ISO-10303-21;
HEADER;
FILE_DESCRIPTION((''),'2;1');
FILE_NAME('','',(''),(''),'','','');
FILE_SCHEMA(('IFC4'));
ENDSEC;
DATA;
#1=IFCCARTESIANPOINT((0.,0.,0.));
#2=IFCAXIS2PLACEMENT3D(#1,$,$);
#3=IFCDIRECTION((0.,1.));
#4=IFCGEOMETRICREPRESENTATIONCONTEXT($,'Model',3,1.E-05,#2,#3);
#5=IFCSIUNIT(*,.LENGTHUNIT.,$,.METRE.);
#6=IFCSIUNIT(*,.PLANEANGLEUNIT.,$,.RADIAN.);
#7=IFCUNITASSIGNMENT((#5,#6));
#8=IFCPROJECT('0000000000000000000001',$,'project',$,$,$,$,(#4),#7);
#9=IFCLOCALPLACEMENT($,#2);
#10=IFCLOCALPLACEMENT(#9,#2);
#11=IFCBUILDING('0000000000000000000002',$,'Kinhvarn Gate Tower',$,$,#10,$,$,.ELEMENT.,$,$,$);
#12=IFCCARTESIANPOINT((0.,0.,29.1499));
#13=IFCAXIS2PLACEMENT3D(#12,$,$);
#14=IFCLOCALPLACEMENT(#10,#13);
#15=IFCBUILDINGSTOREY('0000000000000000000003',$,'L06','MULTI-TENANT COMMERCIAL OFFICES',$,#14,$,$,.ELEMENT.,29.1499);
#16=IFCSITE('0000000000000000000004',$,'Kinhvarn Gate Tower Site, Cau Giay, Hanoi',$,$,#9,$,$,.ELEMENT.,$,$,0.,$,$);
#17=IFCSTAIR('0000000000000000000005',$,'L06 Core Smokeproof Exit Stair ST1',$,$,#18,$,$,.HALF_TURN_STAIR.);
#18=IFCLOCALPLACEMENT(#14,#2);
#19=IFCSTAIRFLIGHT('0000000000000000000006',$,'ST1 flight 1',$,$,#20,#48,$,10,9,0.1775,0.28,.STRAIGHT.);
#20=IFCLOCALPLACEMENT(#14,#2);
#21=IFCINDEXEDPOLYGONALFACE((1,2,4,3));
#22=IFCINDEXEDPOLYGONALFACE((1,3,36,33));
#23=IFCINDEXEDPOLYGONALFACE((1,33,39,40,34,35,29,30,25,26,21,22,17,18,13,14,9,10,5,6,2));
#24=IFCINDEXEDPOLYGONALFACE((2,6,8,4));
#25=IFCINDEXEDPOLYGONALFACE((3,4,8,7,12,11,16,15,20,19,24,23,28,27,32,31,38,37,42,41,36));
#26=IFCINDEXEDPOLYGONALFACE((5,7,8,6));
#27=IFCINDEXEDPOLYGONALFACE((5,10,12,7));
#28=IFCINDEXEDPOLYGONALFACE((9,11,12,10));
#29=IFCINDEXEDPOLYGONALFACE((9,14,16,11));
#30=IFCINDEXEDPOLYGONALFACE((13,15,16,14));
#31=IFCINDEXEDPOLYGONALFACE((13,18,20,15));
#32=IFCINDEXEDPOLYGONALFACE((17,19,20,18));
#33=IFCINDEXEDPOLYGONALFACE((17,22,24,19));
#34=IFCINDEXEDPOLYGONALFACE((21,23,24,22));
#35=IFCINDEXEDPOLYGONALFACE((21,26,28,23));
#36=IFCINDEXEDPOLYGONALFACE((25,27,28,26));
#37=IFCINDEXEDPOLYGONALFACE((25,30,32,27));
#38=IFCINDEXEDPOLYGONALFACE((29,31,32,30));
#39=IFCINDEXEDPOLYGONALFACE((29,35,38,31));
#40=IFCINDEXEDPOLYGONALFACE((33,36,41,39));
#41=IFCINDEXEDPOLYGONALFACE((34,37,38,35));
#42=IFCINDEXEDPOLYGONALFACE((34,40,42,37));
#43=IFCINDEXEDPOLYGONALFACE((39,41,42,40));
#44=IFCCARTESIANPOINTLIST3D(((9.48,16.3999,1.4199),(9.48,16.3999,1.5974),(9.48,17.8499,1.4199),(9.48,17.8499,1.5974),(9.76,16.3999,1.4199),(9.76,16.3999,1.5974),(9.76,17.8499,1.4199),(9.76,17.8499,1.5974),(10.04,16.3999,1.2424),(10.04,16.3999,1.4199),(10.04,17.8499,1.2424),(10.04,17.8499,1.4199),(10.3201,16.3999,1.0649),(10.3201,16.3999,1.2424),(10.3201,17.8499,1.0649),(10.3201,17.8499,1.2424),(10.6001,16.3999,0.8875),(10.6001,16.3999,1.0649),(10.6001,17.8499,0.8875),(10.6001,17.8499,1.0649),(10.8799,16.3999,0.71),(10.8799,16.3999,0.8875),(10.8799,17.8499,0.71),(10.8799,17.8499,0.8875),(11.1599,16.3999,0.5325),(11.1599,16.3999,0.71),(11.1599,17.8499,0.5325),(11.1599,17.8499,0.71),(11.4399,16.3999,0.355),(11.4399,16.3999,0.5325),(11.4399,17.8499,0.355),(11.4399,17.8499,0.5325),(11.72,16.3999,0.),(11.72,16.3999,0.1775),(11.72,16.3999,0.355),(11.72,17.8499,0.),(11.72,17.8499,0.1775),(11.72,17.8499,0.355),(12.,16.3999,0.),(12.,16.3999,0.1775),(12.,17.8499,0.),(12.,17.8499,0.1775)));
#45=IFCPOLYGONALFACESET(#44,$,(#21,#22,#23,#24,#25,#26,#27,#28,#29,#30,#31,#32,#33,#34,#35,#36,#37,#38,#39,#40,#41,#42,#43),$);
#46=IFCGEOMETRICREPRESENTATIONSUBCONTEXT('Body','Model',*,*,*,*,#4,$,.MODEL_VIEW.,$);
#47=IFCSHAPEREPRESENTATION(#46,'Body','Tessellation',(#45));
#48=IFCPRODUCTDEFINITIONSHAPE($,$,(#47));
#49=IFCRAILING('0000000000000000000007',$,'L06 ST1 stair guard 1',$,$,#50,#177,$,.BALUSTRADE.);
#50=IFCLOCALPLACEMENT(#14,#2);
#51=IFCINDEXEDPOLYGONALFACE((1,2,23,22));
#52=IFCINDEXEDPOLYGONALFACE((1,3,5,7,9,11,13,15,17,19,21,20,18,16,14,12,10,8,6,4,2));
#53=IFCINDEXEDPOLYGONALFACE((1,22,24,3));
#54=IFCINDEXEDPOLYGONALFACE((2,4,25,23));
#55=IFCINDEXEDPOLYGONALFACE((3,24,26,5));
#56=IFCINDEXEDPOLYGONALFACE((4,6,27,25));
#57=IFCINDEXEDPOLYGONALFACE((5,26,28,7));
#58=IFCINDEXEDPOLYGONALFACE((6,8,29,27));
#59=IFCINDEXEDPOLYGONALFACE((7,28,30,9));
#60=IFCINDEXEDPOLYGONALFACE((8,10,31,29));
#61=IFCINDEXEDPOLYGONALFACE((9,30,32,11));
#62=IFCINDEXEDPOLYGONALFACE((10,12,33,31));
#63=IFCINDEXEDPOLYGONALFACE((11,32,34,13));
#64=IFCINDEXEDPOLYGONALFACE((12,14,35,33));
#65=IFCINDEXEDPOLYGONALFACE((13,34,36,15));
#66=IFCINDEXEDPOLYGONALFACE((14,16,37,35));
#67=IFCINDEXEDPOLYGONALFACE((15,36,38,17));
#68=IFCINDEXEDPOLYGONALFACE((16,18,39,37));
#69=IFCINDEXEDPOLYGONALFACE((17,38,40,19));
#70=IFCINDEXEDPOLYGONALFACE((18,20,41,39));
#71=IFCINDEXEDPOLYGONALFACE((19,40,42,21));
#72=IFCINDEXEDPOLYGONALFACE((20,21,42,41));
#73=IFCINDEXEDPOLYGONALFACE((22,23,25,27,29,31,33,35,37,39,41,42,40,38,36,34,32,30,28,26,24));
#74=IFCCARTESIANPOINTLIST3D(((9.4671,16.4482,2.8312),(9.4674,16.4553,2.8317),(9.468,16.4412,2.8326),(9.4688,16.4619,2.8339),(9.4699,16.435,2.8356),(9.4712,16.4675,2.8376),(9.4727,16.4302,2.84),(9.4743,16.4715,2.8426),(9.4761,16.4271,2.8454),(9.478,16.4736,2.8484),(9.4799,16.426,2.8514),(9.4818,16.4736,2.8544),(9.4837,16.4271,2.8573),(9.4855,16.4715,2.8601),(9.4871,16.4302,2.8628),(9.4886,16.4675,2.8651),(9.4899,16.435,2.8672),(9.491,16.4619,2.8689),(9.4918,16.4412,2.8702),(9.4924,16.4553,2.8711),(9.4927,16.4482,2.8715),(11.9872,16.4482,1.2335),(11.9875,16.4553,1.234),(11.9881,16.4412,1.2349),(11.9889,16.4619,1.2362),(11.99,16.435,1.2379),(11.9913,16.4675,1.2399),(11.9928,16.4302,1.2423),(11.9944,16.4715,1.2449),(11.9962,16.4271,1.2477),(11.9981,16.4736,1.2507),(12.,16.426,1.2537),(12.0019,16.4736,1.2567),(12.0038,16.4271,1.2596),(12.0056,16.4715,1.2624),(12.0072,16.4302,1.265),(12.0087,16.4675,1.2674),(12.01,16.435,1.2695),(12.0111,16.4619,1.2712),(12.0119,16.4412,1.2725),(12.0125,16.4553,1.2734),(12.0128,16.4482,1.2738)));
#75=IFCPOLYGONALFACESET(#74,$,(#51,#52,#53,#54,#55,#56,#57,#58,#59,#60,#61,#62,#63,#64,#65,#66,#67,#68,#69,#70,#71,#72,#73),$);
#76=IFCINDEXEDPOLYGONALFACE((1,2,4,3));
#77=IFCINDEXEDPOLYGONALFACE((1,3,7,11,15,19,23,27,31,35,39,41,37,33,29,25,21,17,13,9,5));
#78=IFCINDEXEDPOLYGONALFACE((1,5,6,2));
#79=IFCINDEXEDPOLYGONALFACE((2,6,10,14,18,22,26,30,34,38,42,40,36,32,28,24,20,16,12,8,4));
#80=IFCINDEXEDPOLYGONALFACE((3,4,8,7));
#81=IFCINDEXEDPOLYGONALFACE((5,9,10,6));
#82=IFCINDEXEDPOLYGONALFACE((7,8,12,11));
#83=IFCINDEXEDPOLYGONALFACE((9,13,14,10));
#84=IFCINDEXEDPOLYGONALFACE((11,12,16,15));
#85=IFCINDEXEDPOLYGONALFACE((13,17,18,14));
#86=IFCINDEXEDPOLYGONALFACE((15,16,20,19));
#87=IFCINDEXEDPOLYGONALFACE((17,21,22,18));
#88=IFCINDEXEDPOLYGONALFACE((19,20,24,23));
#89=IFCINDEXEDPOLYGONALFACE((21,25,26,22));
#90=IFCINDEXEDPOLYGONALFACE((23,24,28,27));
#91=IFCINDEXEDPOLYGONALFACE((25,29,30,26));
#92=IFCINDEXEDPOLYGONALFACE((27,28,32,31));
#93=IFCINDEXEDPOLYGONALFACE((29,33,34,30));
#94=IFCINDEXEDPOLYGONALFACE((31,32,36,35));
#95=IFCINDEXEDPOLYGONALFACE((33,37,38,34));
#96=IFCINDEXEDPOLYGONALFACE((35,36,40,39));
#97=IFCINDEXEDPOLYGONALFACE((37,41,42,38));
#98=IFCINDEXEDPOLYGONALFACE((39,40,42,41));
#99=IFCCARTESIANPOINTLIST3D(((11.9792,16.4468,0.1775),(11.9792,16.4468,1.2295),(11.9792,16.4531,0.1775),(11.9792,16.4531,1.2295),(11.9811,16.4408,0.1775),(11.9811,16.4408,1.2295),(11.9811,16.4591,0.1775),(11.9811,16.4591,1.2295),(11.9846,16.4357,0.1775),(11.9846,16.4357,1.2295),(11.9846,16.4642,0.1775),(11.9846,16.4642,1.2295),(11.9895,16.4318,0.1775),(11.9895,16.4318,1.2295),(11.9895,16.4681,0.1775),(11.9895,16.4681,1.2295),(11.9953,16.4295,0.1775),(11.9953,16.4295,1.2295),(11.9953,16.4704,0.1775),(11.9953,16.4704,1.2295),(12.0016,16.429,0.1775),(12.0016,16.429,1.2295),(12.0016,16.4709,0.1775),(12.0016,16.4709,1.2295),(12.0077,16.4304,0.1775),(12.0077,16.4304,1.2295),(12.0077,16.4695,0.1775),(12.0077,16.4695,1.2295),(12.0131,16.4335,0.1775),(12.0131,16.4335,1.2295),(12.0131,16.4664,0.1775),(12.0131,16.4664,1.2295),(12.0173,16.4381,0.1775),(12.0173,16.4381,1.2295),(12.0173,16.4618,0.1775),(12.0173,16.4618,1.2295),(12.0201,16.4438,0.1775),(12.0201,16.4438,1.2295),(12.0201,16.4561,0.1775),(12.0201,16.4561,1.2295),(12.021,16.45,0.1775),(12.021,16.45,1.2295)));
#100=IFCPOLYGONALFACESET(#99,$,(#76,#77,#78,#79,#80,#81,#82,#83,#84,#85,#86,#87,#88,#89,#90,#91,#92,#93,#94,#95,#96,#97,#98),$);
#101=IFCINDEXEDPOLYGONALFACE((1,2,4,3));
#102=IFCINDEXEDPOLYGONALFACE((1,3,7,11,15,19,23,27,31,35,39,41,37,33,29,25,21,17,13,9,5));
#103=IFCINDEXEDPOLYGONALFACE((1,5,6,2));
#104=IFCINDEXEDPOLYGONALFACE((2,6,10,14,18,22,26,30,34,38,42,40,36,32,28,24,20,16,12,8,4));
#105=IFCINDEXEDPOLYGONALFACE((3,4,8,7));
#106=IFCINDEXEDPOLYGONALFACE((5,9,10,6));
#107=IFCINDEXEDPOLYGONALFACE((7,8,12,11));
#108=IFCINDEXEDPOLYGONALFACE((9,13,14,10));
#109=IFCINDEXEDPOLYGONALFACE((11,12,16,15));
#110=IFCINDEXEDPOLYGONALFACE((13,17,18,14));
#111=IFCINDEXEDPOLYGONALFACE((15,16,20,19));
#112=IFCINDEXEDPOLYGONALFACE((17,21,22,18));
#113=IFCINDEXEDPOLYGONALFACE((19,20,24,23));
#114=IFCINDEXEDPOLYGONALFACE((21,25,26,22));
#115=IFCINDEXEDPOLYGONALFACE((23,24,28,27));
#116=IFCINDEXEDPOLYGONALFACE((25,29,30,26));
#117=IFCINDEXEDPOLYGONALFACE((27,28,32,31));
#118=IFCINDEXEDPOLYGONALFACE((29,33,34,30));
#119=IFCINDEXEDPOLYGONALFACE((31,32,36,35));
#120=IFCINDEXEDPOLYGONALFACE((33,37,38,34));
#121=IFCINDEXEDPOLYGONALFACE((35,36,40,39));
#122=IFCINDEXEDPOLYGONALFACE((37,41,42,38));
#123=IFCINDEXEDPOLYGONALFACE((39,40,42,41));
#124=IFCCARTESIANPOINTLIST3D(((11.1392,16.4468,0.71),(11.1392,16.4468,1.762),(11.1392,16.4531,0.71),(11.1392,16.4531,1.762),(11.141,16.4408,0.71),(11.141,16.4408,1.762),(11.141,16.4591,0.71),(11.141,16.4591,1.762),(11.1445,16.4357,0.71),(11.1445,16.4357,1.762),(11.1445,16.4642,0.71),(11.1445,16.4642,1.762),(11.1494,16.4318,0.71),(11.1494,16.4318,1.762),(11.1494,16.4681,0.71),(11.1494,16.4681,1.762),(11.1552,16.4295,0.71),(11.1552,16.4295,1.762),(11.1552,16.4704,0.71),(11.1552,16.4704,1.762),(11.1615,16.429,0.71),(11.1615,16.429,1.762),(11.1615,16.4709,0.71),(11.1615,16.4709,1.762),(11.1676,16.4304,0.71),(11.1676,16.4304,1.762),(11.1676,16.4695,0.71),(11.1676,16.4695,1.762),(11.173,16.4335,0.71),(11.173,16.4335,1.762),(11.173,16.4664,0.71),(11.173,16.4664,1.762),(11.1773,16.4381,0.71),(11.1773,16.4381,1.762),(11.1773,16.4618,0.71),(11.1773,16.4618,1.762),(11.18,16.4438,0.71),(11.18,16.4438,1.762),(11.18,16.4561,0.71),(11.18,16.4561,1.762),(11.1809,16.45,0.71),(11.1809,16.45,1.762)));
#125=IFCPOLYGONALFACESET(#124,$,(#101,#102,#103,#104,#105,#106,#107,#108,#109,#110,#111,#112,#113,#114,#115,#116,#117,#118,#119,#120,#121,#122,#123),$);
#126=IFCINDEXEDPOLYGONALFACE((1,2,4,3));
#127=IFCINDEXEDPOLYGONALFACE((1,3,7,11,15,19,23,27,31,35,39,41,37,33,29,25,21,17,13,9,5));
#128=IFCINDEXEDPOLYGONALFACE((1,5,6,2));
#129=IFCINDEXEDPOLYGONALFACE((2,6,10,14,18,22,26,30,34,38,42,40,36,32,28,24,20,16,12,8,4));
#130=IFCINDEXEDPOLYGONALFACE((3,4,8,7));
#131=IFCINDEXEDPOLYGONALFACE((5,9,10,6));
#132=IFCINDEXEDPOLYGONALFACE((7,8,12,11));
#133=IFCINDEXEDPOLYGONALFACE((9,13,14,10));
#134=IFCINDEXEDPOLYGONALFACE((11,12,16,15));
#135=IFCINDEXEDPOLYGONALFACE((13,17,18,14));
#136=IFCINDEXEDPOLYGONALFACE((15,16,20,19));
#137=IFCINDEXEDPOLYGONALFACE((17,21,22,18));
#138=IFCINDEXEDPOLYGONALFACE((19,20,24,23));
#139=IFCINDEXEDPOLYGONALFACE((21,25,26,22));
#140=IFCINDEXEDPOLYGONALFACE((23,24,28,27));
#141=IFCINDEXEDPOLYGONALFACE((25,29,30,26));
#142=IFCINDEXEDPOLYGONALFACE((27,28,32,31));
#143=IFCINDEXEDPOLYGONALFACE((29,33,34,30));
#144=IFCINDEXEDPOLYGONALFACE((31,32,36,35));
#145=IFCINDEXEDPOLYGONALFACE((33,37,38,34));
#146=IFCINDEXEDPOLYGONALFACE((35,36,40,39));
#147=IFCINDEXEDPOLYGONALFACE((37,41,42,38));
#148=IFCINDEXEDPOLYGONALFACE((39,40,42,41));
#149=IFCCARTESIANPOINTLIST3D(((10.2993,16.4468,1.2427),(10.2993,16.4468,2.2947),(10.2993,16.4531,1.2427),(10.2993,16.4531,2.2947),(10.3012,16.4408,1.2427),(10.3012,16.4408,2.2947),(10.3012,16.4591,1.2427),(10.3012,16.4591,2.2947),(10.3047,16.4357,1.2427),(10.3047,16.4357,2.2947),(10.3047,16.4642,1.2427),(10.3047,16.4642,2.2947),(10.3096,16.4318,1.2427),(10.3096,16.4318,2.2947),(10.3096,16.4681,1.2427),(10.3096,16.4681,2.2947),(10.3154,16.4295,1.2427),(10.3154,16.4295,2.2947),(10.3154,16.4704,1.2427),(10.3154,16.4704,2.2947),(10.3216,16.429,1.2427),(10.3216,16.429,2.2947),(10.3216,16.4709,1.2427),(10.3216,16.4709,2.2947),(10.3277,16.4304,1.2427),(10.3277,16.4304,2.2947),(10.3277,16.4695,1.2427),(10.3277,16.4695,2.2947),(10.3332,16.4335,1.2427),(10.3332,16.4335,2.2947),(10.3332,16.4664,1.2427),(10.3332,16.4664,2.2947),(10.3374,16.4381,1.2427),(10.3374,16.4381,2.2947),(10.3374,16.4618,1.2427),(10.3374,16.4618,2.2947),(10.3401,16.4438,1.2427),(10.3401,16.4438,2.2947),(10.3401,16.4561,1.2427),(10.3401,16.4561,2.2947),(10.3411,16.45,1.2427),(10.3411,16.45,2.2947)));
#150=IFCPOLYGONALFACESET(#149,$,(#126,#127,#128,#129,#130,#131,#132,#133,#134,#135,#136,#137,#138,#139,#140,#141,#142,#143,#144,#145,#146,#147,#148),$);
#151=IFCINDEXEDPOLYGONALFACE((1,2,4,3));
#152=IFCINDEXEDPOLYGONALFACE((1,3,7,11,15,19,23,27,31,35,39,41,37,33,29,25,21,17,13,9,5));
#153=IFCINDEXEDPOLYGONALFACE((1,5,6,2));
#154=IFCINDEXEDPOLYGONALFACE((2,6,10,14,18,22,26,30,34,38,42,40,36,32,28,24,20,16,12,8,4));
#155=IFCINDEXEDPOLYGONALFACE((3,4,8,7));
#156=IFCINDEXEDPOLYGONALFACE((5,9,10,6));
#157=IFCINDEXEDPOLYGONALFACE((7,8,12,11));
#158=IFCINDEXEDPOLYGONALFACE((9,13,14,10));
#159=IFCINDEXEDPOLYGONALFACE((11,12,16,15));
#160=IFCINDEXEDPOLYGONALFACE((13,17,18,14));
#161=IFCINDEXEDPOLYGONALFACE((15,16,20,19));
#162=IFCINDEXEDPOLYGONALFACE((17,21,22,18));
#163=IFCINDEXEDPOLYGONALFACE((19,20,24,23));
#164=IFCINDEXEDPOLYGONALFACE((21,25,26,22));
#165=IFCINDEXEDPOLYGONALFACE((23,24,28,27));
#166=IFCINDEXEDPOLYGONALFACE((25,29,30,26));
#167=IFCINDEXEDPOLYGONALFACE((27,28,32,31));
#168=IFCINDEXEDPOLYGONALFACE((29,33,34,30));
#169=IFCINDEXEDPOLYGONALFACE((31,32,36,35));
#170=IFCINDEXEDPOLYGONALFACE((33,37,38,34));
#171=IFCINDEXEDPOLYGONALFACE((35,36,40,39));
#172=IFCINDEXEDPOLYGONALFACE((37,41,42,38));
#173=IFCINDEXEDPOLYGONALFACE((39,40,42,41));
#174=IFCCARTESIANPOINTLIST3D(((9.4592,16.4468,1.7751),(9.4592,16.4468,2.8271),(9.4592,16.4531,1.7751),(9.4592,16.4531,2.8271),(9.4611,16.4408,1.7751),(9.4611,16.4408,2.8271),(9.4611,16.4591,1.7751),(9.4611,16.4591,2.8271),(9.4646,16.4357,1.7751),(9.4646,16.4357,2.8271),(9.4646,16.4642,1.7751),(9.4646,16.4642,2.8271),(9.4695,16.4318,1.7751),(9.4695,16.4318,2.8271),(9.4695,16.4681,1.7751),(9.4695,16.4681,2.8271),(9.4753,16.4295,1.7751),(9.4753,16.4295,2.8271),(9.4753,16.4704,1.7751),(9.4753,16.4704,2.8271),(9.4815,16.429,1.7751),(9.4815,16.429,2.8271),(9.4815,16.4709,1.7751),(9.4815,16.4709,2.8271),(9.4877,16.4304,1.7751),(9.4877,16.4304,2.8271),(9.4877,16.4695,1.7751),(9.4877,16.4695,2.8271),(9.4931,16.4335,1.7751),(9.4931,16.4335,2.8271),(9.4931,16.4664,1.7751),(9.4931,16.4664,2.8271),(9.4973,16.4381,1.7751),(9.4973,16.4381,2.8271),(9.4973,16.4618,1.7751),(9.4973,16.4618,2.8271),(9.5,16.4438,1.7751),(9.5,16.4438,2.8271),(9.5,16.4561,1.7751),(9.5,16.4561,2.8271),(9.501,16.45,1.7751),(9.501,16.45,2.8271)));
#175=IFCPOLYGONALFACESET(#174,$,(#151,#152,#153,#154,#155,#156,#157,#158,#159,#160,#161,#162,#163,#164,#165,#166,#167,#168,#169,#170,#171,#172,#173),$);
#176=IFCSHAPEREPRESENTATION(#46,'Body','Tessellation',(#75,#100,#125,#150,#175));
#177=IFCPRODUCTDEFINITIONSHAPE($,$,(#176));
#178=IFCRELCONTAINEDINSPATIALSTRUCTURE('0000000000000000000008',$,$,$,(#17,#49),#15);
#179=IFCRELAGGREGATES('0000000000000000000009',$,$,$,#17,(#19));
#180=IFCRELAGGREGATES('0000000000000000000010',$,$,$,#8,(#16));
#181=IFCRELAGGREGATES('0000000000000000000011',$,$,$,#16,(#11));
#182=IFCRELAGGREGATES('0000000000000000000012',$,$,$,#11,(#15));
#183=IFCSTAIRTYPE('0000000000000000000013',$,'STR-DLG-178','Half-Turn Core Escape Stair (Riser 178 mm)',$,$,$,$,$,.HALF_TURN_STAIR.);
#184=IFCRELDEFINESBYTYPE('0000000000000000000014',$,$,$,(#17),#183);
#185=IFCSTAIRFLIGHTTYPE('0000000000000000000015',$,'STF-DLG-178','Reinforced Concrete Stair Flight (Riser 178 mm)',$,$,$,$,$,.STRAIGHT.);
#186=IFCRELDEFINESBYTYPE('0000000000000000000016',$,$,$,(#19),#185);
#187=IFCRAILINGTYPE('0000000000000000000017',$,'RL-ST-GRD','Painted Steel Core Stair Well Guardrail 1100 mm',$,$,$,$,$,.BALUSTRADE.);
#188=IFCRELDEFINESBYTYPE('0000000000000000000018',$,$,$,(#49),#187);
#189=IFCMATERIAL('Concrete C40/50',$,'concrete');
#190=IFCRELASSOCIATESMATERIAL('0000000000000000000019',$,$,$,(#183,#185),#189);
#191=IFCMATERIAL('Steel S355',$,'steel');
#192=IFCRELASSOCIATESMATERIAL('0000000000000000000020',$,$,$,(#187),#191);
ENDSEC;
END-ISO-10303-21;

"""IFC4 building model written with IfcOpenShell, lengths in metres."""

from ifc_helpers import new_model, si_unit, direction, frame, origin, origin_2d, place, context, subcontext, project, spatial, polyline, circle, outline, extrude, material, type_object, element, aggregate, save


model = new_model("IFC4")

# Units and contexts
model_context = context("Model", 3, precision=1e-05, world=origin(), true_north=direction((0.0, 1.0)))
body_context = subcontext(model_context, "Body", "Model", "MODEL_VIEW")
ifc_project = project(units=[si_unit("LENGTHUNIT", "METRE"), si_unit("PLANEANGLEUNIT", "RADIAN")], contexts=[model_context])

# Site, building, storey
site_placement = place(None, origin())
site = spatial("IfcSite", under=ifc_project, at=site_placement, Name="Kinhvarn Gate Tower Site, Cau Giay, Hanoi", CompositionType="ELEMENT", RefElevation=0.0)
building_placement = place(site_placement, origin())
building = spatial("IfcBuilding", under=site, at=building_placement, Name="Kinhvarn Gate Tower", CompositionType="ELEMENT")
storey_placement = place(building_placement, frame((0.0, 0.0, 29.1499)))
storey = spatial("IfcBuildingStorey", under=building, at=storey_placement, Name="L06", Description="MULTI-TENANT COMMERCIAL OFFICES", CompositionType="ELEMENT", Elevation=29.1499)

# Shared definitions
ifc_material_1 = material(Name="Steel S355", Category="steel")

# Shared definitions
ifc_material_2 = material(Name="Concrete C40/50", Category="concrete")

# Stair, stair flight
stair_type = type_object("IfcStairType", Name="STR-DLG-178", Description="Half-Turn Core Escape Stair (Riser 178 mm)", PredefinedType="HALF_TURN_STAIR", material=ifc_material_2)
stair_placement = place(storey_placement, origin())
stair = element("IfcStair", 1, at=stair_placement, inside=storey, type_object=stair_type, Name="L06 Core Smokeproof Exit Stair ST1", PredefinedType="HALF_TURN_STAIR")
stair_flight_type = type_object("IfcStairFlightType", Name="STF-DLG-178", Description="Reinforced Concrete Stair Flight (Riser 178 mm)", PredefinedType="STRAIGHT", material=ifc_material_2)
stair_flight_placement = place(storey_placement, frame((12.0, 17.125, 0.0), z_axis=(0.0, 0.0, 1.0), x_axis=(-1.0, 0.0, 0.0)))
stair_flight = element("IfcStairFlight", 2, at=stair_flight_placement, type_object=stair_flight_type, Name="ST1 flight 1", NumberOfRisers=10, NumberOfTreads=9, PredefinedType="STRAIGHT", RiserHeight=0.1775, TreadLength=0.28, context=body_context, shape_type="SweptSolid", body=[
    extrude(outline(polyline([(0.0, 0.0), (0.0, 0.1775), (0.28, 0.1775), (0.28, 0.355), (0.5601, 0.355), (0.5601, 0.5325), (0.8401, 0.5325), (0.8401, 0.71), (1.1201, 0.71), (1.1201, 0.8875), (1.3999, 0.8875), (1.3999, 1.0649), (1.6799, 1.0649), (1.6799, 1.2424), (1.96, 1.2424), (1.96, 1.4199), (2.24, 1.4199), (2.24, 1.5974), (2.52, 1.5974), (2.52, 1.7749), (2.52, 1.4199), (0.28, 0.0), (0.0, 0.0)])), frame((0.0, 0.7251, 0.0), z_axis=(0.0, -1.0, 0.0), x_axis=(1.0, 0.0, 0.0)), (0.0, 0.0, 1.0), 1.45),
])
aggregate(stair, [stair_flight])

# Railing
railing_type_1 = type_object("IfcRailingType", Name="RL-ST-GRD", Description="Painted Steel Core Stair Well Guardrail 1100 mm", PredefinedType="BALUSTRADE", material=ifc_material_1)
railing_1_placement = place(storey_placement, frame((12.0, 16.45, 0.1775)))
element("IfcRailing", 3, at=railing_1_placement, inside=storey, type_object=railing_type_1, Name="L06 ST1 stair guard 1", PredefinedType="BALUSTRADE", context=body_context, shape_type="SweptSolid", body=[
    extrude(circle(Radius=0.0239, at=origin_2d()), frame((0.0, 0.0, 1.0762), z_axis=(-0.84457, 0.0, 0.535445), x_axis=(0.0, -1.0, 0.0)), (0.0, 0.0, 1.0), 2.9839),
    extrude(circle(Radius=0.021, at=origin_2d()), origin(), (0.0, 0.0, 1.0), 1.052),
    extrude(circle(Radius=0.021, at=origin_2d()), frame((-0.8401, 0.0, 0.5325)), (0.0, 0.0, 1.0), 1.052),
    extrude(circle(Radius=0.021, at=origin_2d()), frame((-1.6799, 0.0, 1.0652)), (0.0, 0.0, 1.0), 1.052),
    extrude(circle(Radius=0.021, at=origin_2d()), frame((-2.52, 0.0, 1.5977)), (0.0, 0.0, 1.0), 1.052),
])

save(model, "model.ifc")
